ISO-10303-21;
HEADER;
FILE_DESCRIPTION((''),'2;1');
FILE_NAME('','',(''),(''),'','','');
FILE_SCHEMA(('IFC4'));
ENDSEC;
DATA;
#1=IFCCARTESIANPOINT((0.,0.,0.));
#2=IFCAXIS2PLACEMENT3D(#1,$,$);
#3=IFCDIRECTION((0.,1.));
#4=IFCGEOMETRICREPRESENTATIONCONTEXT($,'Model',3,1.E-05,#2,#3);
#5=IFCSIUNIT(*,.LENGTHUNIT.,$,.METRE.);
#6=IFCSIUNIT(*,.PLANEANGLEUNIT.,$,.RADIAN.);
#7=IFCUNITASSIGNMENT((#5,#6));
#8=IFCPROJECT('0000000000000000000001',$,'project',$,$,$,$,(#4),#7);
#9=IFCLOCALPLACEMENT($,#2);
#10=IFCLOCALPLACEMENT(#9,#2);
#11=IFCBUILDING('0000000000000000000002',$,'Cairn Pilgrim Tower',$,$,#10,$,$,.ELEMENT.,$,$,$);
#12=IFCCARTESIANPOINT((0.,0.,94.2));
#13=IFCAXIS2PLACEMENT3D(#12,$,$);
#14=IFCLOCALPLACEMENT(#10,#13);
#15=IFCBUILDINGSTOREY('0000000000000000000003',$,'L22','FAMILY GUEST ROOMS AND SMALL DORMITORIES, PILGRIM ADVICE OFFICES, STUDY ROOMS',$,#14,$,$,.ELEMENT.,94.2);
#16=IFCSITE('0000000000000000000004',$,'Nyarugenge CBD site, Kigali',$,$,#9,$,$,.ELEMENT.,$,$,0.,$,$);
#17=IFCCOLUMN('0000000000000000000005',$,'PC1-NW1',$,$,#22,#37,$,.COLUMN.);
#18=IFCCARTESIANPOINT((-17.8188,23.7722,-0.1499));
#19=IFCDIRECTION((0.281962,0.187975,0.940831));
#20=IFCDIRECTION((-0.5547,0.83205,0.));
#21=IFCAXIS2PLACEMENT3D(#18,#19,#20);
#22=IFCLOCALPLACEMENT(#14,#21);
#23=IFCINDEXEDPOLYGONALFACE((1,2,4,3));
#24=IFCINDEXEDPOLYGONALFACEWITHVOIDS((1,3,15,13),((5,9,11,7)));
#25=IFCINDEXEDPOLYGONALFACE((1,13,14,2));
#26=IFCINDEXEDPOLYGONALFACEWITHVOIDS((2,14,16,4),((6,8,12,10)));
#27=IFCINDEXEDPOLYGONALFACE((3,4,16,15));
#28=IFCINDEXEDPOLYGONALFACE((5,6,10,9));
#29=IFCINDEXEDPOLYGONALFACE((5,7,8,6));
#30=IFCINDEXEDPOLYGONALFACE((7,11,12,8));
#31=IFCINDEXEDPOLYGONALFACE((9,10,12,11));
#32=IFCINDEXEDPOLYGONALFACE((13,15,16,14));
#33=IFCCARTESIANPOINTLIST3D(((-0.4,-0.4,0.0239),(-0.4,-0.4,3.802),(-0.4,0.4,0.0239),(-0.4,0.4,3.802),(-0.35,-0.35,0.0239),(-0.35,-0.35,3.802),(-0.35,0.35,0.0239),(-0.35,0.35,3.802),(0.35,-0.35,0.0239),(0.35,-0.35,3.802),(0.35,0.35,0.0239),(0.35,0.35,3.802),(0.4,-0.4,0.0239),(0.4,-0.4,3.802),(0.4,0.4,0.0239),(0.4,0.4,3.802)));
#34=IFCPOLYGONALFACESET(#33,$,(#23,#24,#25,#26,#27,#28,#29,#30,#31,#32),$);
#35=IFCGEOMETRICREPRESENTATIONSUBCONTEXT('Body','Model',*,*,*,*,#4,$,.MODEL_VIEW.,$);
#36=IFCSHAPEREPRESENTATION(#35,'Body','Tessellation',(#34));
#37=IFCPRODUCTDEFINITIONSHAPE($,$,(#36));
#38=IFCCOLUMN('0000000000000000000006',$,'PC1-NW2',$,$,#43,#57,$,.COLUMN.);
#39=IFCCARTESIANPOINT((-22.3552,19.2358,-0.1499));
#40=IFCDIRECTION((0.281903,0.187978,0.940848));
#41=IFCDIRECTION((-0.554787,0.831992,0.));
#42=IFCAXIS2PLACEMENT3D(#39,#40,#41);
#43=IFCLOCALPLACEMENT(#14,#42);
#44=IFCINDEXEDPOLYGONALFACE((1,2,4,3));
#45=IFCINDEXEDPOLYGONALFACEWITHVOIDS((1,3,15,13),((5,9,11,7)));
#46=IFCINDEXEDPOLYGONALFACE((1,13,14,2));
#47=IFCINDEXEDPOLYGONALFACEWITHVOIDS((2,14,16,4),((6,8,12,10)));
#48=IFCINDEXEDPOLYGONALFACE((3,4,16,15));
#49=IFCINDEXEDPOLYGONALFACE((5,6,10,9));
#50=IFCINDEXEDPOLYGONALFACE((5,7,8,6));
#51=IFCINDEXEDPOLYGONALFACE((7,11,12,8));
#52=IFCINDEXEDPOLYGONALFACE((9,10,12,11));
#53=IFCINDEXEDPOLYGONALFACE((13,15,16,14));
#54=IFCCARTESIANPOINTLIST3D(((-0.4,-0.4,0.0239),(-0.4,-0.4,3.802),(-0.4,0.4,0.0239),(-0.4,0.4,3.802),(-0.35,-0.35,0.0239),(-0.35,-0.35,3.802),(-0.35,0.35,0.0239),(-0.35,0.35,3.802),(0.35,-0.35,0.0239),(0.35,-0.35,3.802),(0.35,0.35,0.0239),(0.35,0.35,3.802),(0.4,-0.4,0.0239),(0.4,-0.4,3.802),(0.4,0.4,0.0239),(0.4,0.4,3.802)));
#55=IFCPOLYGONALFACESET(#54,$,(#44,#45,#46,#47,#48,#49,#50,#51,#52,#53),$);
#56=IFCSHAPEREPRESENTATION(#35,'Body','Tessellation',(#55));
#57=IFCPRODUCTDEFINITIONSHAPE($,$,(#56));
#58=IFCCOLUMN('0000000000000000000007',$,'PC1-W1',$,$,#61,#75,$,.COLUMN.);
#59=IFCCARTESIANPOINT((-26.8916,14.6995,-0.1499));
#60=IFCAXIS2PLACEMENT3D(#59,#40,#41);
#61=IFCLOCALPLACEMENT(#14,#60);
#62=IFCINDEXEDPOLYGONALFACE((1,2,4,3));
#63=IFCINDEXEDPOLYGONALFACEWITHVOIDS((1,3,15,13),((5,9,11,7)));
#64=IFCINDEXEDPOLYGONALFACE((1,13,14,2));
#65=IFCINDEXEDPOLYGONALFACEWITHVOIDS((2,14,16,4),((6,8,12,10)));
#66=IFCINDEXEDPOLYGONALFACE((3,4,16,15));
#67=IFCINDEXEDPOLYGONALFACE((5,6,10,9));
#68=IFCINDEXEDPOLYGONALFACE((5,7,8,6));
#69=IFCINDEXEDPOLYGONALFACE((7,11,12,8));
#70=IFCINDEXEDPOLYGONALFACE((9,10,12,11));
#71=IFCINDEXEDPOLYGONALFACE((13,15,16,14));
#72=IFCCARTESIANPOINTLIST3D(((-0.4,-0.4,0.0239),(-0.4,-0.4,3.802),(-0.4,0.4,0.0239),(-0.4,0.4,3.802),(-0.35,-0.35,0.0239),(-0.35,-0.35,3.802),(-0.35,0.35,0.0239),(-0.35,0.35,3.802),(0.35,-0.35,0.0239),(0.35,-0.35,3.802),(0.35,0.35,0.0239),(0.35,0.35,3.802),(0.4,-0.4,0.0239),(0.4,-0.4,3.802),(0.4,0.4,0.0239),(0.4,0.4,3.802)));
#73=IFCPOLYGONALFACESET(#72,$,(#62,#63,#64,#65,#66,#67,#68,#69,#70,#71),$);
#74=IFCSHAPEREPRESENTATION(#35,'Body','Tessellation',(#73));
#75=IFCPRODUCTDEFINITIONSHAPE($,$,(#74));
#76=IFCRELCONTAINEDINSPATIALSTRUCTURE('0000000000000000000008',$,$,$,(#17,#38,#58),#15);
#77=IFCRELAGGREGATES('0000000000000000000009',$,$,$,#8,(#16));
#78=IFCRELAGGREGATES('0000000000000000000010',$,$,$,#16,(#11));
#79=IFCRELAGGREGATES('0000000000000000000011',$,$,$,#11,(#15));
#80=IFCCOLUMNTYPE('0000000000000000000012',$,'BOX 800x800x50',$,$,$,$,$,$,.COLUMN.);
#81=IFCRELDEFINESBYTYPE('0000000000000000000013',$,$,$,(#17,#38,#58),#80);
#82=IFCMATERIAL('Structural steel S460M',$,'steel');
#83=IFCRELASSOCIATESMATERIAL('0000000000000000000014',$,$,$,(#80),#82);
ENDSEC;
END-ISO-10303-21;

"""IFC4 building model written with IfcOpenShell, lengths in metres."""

from ifc_helpers import new_model, si_unit, direction, frame, origin, origin_2d, place, context, subcontext, project, spatial, hollow_rectangle, extrude, clip, halfspace, material, material_profile, profile_set, type_object, element, save


model = new_model("IFC4")

# Units and contexts
model_context = context("Model", 3, precision=1e-05, world=origin(), true_north=direction((0.0, 1.0)))
body_context = subcontext(model_context, "Body", "Model", "MODEL_VIEW")
ifc_project = project(units=[si_unit("LENGTHUNIT", "METRE"), si_unit("PLANEANGLEUNIT", "RADIAN")], contexts=[model_context])

# Site, building, storey
site_placement = place(None, origin())
site = spatial("IfcSite", under=ifc_project, at=site_placement, Name="Nyarugenge CBD site, Kigali", CompositionType="ELEMENT", RefElevation=0.0)
building_placement = place(site_placement, origin())
building = spatial("IfcBuilding", under=site, at=building_placement, Name="Cairn Pilgrim Tower", CompositionType="ELEMENT")
storey_placement = place(building_placement, frame((0.0, 0.0, 94.2)))
storey = spatial("IfcBuildingStorey", under=building, at=storey_placement, Name="L22", Description="FAMILY GUEST ROOMS AND SMALL DORMITORIES, PILGRIM ADVICE OFFICES, STUDY ROOMS", CompositionType="ELEMENT", Elevation=94.2)

# Columns
ifc_material_1 = material(Name="Structural steel S460M", Category="steel")
ifc_material_profile_1 = material_profile(ifc_material_1, hollow_rectangle(XDim=0.8, YDim=0.8, WallThickness=0.05, at=origin_2d()), Name="BOX 800x800x50")
ifc_profile_set_1 = profile_set([ifc_material_profile_1], Name="Structural steel S460M")
column_type = type_object("IfcColumnType", Name="BOX 800x800x50", PredefinedType="COLUMN", material=ifc_profile_set_1)
for number, where, z_axis, x_axis, name in (
    (1, (-17.8188, 23.7722, -0.1499), (0.281962, 0.187975, 0.940831), (-0.5547, 0.83205, 0.0), "PC1-NW1"),
    (2, (-22.3552, 19.2358, -0.1499), (0.281903, 0.187978, 0.940848), (-0.554787, 0.831992, 0.0), "PC1-NW2"),
    (3, (-26.8916, 14.6995, -0.1499), (0.281903, 0.187978, 0.940848), (-0.554787, 0.831992, 0.0), "PC1-W1"),
):
    element("IfcColumn", number, at=place(storey_placement, frame(where, z_axis=z_axis, x_axis=x_axis)), inside=storey, type_object=column_type, Name=name, PredefinedType="COLUMN", context=body_context, shape_type="Clipping", body=[
        clip(clip(extrude(hollow_rectangle(XDim=0.8, YDim=0.8, WallThickness=0.05, at=origin_2d()), origin(), (0.0, 0.0, 1.0), 3.8262), halfspace(frame((0.0, 0.0, 0.0239), z_axis=(0.0, 0.0, 1.0), x_axis=(1.0, 0.0, 0.0)), True)), halfspace(frame((0.0, 0.0, 3.802), z_axis=(0.0, 0.0, 1.0), x_axis=(1.0, 0.0, 0.0)), False)),
    ])

save(model, "model.ifc")
